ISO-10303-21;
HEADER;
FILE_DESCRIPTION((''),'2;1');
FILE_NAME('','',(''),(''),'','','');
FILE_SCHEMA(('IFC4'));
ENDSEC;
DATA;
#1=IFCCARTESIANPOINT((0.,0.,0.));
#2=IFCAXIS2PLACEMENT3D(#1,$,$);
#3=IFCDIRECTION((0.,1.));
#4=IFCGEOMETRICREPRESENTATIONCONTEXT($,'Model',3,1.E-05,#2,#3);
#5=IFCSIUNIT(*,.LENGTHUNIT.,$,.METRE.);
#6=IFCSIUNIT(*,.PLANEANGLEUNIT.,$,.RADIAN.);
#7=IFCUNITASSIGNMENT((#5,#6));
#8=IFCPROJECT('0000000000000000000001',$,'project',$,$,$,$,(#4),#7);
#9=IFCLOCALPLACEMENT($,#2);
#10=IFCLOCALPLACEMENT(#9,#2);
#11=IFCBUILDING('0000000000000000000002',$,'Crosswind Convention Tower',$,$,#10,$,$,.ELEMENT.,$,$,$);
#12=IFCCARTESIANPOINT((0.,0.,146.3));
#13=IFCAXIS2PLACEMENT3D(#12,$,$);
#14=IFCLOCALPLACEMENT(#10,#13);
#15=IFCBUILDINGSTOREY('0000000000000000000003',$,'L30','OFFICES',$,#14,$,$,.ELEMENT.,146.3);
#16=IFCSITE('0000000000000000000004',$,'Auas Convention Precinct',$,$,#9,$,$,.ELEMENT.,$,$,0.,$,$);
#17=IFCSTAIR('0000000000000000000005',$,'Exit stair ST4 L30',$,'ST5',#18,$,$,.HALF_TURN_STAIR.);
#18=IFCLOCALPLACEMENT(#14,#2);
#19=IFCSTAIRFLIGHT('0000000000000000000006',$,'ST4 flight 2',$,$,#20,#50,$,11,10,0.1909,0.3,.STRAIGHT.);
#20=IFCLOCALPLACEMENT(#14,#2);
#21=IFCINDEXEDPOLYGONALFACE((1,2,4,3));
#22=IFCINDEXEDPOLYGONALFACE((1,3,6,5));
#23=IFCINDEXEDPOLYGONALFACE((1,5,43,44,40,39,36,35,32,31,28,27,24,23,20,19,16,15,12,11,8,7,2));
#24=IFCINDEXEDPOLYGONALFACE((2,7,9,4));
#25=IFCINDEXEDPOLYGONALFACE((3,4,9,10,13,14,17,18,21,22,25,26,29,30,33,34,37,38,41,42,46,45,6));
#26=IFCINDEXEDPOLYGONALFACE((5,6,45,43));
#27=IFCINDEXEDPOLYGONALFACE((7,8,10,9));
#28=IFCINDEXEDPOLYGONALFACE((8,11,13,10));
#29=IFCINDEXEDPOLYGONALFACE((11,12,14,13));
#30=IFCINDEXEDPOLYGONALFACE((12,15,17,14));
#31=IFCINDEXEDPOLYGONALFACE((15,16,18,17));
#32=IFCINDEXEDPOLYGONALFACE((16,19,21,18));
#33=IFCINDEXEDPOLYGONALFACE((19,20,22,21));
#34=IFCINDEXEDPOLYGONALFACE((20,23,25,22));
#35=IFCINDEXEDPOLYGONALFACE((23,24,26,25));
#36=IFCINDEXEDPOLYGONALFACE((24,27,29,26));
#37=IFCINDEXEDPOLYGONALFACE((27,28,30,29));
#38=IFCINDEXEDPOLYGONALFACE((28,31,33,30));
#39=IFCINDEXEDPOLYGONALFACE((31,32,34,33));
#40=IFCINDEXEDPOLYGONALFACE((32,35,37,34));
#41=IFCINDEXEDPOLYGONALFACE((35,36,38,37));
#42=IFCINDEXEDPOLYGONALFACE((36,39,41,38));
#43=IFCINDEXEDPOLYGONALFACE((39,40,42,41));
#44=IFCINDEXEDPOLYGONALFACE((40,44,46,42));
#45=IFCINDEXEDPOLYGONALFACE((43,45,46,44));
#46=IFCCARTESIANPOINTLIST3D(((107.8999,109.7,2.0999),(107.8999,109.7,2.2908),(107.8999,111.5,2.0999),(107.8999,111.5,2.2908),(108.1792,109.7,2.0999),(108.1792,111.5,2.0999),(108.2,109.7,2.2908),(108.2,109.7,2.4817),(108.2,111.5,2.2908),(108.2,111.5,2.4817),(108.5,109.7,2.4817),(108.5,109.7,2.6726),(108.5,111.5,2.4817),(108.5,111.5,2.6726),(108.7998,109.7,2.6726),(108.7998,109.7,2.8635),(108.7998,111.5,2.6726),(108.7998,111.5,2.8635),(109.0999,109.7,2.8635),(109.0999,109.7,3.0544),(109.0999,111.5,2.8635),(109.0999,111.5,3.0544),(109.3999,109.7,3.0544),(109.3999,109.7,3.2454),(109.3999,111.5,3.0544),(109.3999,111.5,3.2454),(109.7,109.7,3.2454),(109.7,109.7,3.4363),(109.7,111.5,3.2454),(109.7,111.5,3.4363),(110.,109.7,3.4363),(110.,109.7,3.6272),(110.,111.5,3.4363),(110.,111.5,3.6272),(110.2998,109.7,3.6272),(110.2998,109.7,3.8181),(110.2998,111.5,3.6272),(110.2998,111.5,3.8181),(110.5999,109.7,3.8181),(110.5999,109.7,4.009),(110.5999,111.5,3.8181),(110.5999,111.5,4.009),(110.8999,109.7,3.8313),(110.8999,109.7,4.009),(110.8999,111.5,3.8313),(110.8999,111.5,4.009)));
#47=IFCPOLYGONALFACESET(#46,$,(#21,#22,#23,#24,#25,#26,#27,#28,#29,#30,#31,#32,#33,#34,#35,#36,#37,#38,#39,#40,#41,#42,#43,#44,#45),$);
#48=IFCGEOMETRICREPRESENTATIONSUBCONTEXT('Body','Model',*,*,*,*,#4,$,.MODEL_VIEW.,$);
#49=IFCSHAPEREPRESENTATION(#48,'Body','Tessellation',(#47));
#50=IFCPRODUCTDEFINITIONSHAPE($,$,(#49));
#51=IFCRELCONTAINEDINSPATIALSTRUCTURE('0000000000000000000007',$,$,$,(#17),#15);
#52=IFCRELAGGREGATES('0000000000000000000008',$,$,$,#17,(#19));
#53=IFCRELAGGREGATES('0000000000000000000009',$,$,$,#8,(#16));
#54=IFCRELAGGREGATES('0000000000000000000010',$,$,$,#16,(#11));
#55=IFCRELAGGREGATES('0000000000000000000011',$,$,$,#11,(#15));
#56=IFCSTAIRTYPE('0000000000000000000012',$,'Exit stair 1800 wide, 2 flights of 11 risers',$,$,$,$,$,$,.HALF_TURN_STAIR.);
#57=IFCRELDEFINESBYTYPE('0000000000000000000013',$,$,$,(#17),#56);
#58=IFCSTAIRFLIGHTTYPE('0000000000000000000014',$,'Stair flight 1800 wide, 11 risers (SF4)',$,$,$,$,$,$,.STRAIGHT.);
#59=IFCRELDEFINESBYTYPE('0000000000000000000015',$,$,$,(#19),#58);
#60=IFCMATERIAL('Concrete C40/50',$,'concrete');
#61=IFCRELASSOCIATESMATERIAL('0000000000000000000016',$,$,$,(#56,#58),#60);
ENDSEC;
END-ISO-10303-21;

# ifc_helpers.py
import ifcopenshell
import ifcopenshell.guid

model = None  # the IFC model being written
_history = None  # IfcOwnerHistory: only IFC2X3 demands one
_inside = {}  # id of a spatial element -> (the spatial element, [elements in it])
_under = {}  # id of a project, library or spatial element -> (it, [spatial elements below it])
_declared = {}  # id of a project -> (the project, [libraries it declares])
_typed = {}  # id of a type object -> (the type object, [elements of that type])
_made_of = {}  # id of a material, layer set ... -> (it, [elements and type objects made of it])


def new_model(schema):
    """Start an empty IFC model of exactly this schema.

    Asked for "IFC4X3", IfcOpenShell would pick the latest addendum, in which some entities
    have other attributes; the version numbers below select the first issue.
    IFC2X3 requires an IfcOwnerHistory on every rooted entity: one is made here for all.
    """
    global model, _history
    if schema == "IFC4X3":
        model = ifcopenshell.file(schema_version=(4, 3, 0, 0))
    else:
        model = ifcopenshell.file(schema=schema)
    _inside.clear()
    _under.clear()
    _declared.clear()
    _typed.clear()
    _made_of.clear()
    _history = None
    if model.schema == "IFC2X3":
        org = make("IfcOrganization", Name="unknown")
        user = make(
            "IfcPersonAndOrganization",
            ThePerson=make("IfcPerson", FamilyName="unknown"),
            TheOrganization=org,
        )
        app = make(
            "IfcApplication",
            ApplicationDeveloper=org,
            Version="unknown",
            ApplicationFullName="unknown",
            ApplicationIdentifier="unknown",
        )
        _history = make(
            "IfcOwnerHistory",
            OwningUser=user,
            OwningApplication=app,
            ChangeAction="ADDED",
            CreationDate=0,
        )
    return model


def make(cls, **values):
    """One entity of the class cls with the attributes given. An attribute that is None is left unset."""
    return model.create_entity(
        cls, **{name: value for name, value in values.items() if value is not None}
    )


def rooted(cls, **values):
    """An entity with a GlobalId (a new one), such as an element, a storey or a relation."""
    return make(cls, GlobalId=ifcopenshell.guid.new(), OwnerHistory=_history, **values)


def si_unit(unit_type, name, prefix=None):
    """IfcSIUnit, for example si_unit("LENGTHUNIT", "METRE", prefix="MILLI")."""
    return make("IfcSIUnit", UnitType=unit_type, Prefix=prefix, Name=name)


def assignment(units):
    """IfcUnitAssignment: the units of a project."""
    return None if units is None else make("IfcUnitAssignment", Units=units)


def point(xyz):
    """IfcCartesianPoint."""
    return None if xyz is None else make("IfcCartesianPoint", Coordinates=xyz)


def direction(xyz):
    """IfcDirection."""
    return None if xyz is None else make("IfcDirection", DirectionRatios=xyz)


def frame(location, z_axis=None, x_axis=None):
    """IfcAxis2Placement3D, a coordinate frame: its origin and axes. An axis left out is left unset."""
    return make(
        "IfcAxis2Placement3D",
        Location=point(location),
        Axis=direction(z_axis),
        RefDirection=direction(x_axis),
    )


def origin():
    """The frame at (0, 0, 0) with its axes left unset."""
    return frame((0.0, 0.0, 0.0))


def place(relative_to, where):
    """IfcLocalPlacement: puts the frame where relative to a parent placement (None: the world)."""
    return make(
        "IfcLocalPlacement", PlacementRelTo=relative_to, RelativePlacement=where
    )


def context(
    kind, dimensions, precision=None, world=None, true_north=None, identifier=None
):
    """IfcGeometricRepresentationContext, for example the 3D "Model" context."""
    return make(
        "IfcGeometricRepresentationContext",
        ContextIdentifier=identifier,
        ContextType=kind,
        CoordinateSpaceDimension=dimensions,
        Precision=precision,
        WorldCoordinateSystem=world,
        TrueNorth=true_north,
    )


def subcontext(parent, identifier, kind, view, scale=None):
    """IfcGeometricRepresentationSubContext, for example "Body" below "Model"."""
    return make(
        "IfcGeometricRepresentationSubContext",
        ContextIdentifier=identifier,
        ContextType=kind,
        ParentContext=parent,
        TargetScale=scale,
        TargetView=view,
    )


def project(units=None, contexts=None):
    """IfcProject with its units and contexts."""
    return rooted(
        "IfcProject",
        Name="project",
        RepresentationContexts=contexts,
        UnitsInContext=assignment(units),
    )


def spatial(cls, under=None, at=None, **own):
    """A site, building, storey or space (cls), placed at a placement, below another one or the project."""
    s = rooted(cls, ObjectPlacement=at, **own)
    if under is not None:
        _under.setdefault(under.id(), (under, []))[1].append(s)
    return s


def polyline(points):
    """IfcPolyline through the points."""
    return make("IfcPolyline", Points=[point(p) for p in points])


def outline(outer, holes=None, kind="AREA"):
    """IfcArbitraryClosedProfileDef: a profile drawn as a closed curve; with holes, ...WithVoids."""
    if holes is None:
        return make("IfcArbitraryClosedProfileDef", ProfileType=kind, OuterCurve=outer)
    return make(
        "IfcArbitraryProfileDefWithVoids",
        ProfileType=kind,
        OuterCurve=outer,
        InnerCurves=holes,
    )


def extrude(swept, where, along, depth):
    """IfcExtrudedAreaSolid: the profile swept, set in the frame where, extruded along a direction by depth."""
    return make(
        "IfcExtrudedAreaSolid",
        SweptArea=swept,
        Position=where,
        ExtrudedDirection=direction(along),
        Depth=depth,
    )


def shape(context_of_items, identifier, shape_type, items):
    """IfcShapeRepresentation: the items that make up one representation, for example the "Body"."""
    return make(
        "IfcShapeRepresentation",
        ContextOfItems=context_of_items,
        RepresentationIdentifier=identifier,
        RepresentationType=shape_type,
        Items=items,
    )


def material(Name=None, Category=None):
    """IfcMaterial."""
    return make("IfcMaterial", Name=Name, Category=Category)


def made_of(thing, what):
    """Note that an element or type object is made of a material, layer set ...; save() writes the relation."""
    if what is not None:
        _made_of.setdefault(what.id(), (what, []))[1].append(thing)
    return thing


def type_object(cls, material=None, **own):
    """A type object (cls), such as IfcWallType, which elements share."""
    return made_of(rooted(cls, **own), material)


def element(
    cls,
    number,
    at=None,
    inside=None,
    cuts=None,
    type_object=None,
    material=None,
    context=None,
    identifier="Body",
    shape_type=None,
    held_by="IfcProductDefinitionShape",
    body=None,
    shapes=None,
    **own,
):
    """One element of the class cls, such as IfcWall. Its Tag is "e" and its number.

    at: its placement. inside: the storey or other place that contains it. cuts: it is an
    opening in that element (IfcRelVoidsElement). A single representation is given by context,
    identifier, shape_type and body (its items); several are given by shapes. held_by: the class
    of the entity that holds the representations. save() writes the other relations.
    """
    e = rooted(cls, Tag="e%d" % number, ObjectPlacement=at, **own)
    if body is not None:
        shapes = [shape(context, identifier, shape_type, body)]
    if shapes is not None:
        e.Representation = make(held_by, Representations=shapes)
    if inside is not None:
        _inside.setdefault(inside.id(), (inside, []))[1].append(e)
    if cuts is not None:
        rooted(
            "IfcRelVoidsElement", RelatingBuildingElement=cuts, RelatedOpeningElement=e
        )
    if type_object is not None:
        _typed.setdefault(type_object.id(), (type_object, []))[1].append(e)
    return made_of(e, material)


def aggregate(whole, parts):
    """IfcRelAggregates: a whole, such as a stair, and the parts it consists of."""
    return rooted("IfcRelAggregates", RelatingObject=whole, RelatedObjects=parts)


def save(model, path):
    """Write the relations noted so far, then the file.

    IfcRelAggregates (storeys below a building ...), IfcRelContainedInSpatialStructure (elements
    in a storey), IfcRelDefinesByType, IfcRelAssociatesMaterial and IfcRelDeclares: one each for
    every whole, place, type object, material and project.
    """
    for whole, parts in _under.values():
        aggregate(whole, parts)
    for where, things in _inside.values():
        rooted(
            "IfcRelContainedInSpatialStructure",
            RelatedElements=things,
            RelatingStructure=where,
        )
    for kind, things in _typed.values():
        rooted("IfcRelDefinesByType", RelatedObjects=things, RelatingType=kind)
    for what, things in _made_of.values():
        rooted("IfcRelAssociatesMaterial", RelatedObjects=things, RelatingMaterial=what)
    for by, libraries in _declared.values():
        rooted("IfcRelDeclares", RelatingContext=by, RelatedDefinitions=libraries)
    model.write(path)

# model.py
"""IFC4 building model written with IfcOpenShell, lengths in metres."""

from ifc_helpers import new_model, si_unit, direction, frame, origin, place, context, subcontext, project, spatial, polyline, outline, extrude, material, type_object, element, aggregate, save


model = new_model("IFC4")

# Units and contexts
model_context = context("Model", 3, precision=1e-05, world=origin(), true_north=direction((0.0, 1.0)))
body_context = subcontext(model_context, "Body", "Model", "MODEL_VIEW")
ifc_project = project(units=[si_unit("LENGTHUNIT", "METRE"), si_unit("PLANEANGLEUNIT", "RADIAN")], contexts=[model_context])

# Site, building, storey
site_placement = place(None, origin())
site = spatial("IfcSite", under=ifc_project, at=site_placement, Name="Auas Convention Precinct", CompositionType="ELEMENT", RefElevation=0.0)
building_placement = place(site_placement, origin())
building = spatial("IfcBuilding", under=site, at=building_placement, Name="Crosswind Convention Tower", CompositionType="ELEMENT")
storey_placement = place(building_placement, frame((0.0, 0.0, 146.3)))
storey = spatial("IfcBuildingStorey", under=building, at=storey_placement, Name="L30", Description="OFFICES", CompositionType="ELEMENT", Elevation=146.3)

# Stair, stair flight
ifc_material_1 = material(Name="Concrete C40/50", Category="concrete")
stair_type = type_object("IfcStairType", Name="Exit stair 1800 wide, 2 flights of 11 risers", PredefinedType="HALF_TURN_STAIR", material=ifc_material_1)
stair_placement = place(storey_placement, origin())
stair = element("IfcStair", 1, at=stair_placement, inside=storey, type_object=stair_type, Name="Exit stair ST4 L30", ObjectType="ST5", PredefinedType="HALF_TURN_STAIR")
stair_flight_type = type_object("IfcStairFlightType", Name="Stair flight 1800 wide, 11 risers (SF4)", PredefinedType="STRAIGHT", material=ifc_material_1)
stair_flight_1_placement = place(storey_placement, frame((107.8999, 110.6001, 2.0999), z_axis=(0.0, 0.0, 1.0), x_axis=(1.0, 0.0, 0.0)))
stair_flight_1 = element("IfcStairFlight", 2, at=stair_flight_1_placement, type_object=stair_flight_type, Name="ST4 flight 2", NumberOfRisers=11, NumberOfTreads=10, PredefinedType="STRAIGHT", RiserHeight=0.1909, TreadLength=0.3, context=body_context, shape_type="SweptSolid", body=[
    extrude(outline(polyline([(0.0, 0.0), (0.0, 0.1909), (0.3, 0.1909), (0.3, 0.3818), (0.6001, 0.3818), (0.6001, 0.5728), (0.8999, 0.5728), (0.8999, 0.7637), (1.2, 0.7637), (1.2, 0.9546), (1.5, 0.9546), (1.5, 1.1455), (1.8, 1.1455), (1.8, 1.3364), (2.1001, 1.3364), (2.1001, 1.5273), (2.3999, 1.5273), (2.3999, 1.7183), (2.7, 1.7183), (2.7, 1.9092), (3.0, 1.9092), (3.0, 2.1001), (3.0, 1.7314), (0.2793, 0.0), (0.0, 0.0)])), frame((0.0, 0.8999, 0.0), z_axis=(0.0, -1.0, 0.0), x_axis=(1.0, 0.0, 0.0)), (0.0, 0.0, 1.0), 1.8),
])
aggregate(stair, [stair_flight_1])

save(model, "model.ifc")
